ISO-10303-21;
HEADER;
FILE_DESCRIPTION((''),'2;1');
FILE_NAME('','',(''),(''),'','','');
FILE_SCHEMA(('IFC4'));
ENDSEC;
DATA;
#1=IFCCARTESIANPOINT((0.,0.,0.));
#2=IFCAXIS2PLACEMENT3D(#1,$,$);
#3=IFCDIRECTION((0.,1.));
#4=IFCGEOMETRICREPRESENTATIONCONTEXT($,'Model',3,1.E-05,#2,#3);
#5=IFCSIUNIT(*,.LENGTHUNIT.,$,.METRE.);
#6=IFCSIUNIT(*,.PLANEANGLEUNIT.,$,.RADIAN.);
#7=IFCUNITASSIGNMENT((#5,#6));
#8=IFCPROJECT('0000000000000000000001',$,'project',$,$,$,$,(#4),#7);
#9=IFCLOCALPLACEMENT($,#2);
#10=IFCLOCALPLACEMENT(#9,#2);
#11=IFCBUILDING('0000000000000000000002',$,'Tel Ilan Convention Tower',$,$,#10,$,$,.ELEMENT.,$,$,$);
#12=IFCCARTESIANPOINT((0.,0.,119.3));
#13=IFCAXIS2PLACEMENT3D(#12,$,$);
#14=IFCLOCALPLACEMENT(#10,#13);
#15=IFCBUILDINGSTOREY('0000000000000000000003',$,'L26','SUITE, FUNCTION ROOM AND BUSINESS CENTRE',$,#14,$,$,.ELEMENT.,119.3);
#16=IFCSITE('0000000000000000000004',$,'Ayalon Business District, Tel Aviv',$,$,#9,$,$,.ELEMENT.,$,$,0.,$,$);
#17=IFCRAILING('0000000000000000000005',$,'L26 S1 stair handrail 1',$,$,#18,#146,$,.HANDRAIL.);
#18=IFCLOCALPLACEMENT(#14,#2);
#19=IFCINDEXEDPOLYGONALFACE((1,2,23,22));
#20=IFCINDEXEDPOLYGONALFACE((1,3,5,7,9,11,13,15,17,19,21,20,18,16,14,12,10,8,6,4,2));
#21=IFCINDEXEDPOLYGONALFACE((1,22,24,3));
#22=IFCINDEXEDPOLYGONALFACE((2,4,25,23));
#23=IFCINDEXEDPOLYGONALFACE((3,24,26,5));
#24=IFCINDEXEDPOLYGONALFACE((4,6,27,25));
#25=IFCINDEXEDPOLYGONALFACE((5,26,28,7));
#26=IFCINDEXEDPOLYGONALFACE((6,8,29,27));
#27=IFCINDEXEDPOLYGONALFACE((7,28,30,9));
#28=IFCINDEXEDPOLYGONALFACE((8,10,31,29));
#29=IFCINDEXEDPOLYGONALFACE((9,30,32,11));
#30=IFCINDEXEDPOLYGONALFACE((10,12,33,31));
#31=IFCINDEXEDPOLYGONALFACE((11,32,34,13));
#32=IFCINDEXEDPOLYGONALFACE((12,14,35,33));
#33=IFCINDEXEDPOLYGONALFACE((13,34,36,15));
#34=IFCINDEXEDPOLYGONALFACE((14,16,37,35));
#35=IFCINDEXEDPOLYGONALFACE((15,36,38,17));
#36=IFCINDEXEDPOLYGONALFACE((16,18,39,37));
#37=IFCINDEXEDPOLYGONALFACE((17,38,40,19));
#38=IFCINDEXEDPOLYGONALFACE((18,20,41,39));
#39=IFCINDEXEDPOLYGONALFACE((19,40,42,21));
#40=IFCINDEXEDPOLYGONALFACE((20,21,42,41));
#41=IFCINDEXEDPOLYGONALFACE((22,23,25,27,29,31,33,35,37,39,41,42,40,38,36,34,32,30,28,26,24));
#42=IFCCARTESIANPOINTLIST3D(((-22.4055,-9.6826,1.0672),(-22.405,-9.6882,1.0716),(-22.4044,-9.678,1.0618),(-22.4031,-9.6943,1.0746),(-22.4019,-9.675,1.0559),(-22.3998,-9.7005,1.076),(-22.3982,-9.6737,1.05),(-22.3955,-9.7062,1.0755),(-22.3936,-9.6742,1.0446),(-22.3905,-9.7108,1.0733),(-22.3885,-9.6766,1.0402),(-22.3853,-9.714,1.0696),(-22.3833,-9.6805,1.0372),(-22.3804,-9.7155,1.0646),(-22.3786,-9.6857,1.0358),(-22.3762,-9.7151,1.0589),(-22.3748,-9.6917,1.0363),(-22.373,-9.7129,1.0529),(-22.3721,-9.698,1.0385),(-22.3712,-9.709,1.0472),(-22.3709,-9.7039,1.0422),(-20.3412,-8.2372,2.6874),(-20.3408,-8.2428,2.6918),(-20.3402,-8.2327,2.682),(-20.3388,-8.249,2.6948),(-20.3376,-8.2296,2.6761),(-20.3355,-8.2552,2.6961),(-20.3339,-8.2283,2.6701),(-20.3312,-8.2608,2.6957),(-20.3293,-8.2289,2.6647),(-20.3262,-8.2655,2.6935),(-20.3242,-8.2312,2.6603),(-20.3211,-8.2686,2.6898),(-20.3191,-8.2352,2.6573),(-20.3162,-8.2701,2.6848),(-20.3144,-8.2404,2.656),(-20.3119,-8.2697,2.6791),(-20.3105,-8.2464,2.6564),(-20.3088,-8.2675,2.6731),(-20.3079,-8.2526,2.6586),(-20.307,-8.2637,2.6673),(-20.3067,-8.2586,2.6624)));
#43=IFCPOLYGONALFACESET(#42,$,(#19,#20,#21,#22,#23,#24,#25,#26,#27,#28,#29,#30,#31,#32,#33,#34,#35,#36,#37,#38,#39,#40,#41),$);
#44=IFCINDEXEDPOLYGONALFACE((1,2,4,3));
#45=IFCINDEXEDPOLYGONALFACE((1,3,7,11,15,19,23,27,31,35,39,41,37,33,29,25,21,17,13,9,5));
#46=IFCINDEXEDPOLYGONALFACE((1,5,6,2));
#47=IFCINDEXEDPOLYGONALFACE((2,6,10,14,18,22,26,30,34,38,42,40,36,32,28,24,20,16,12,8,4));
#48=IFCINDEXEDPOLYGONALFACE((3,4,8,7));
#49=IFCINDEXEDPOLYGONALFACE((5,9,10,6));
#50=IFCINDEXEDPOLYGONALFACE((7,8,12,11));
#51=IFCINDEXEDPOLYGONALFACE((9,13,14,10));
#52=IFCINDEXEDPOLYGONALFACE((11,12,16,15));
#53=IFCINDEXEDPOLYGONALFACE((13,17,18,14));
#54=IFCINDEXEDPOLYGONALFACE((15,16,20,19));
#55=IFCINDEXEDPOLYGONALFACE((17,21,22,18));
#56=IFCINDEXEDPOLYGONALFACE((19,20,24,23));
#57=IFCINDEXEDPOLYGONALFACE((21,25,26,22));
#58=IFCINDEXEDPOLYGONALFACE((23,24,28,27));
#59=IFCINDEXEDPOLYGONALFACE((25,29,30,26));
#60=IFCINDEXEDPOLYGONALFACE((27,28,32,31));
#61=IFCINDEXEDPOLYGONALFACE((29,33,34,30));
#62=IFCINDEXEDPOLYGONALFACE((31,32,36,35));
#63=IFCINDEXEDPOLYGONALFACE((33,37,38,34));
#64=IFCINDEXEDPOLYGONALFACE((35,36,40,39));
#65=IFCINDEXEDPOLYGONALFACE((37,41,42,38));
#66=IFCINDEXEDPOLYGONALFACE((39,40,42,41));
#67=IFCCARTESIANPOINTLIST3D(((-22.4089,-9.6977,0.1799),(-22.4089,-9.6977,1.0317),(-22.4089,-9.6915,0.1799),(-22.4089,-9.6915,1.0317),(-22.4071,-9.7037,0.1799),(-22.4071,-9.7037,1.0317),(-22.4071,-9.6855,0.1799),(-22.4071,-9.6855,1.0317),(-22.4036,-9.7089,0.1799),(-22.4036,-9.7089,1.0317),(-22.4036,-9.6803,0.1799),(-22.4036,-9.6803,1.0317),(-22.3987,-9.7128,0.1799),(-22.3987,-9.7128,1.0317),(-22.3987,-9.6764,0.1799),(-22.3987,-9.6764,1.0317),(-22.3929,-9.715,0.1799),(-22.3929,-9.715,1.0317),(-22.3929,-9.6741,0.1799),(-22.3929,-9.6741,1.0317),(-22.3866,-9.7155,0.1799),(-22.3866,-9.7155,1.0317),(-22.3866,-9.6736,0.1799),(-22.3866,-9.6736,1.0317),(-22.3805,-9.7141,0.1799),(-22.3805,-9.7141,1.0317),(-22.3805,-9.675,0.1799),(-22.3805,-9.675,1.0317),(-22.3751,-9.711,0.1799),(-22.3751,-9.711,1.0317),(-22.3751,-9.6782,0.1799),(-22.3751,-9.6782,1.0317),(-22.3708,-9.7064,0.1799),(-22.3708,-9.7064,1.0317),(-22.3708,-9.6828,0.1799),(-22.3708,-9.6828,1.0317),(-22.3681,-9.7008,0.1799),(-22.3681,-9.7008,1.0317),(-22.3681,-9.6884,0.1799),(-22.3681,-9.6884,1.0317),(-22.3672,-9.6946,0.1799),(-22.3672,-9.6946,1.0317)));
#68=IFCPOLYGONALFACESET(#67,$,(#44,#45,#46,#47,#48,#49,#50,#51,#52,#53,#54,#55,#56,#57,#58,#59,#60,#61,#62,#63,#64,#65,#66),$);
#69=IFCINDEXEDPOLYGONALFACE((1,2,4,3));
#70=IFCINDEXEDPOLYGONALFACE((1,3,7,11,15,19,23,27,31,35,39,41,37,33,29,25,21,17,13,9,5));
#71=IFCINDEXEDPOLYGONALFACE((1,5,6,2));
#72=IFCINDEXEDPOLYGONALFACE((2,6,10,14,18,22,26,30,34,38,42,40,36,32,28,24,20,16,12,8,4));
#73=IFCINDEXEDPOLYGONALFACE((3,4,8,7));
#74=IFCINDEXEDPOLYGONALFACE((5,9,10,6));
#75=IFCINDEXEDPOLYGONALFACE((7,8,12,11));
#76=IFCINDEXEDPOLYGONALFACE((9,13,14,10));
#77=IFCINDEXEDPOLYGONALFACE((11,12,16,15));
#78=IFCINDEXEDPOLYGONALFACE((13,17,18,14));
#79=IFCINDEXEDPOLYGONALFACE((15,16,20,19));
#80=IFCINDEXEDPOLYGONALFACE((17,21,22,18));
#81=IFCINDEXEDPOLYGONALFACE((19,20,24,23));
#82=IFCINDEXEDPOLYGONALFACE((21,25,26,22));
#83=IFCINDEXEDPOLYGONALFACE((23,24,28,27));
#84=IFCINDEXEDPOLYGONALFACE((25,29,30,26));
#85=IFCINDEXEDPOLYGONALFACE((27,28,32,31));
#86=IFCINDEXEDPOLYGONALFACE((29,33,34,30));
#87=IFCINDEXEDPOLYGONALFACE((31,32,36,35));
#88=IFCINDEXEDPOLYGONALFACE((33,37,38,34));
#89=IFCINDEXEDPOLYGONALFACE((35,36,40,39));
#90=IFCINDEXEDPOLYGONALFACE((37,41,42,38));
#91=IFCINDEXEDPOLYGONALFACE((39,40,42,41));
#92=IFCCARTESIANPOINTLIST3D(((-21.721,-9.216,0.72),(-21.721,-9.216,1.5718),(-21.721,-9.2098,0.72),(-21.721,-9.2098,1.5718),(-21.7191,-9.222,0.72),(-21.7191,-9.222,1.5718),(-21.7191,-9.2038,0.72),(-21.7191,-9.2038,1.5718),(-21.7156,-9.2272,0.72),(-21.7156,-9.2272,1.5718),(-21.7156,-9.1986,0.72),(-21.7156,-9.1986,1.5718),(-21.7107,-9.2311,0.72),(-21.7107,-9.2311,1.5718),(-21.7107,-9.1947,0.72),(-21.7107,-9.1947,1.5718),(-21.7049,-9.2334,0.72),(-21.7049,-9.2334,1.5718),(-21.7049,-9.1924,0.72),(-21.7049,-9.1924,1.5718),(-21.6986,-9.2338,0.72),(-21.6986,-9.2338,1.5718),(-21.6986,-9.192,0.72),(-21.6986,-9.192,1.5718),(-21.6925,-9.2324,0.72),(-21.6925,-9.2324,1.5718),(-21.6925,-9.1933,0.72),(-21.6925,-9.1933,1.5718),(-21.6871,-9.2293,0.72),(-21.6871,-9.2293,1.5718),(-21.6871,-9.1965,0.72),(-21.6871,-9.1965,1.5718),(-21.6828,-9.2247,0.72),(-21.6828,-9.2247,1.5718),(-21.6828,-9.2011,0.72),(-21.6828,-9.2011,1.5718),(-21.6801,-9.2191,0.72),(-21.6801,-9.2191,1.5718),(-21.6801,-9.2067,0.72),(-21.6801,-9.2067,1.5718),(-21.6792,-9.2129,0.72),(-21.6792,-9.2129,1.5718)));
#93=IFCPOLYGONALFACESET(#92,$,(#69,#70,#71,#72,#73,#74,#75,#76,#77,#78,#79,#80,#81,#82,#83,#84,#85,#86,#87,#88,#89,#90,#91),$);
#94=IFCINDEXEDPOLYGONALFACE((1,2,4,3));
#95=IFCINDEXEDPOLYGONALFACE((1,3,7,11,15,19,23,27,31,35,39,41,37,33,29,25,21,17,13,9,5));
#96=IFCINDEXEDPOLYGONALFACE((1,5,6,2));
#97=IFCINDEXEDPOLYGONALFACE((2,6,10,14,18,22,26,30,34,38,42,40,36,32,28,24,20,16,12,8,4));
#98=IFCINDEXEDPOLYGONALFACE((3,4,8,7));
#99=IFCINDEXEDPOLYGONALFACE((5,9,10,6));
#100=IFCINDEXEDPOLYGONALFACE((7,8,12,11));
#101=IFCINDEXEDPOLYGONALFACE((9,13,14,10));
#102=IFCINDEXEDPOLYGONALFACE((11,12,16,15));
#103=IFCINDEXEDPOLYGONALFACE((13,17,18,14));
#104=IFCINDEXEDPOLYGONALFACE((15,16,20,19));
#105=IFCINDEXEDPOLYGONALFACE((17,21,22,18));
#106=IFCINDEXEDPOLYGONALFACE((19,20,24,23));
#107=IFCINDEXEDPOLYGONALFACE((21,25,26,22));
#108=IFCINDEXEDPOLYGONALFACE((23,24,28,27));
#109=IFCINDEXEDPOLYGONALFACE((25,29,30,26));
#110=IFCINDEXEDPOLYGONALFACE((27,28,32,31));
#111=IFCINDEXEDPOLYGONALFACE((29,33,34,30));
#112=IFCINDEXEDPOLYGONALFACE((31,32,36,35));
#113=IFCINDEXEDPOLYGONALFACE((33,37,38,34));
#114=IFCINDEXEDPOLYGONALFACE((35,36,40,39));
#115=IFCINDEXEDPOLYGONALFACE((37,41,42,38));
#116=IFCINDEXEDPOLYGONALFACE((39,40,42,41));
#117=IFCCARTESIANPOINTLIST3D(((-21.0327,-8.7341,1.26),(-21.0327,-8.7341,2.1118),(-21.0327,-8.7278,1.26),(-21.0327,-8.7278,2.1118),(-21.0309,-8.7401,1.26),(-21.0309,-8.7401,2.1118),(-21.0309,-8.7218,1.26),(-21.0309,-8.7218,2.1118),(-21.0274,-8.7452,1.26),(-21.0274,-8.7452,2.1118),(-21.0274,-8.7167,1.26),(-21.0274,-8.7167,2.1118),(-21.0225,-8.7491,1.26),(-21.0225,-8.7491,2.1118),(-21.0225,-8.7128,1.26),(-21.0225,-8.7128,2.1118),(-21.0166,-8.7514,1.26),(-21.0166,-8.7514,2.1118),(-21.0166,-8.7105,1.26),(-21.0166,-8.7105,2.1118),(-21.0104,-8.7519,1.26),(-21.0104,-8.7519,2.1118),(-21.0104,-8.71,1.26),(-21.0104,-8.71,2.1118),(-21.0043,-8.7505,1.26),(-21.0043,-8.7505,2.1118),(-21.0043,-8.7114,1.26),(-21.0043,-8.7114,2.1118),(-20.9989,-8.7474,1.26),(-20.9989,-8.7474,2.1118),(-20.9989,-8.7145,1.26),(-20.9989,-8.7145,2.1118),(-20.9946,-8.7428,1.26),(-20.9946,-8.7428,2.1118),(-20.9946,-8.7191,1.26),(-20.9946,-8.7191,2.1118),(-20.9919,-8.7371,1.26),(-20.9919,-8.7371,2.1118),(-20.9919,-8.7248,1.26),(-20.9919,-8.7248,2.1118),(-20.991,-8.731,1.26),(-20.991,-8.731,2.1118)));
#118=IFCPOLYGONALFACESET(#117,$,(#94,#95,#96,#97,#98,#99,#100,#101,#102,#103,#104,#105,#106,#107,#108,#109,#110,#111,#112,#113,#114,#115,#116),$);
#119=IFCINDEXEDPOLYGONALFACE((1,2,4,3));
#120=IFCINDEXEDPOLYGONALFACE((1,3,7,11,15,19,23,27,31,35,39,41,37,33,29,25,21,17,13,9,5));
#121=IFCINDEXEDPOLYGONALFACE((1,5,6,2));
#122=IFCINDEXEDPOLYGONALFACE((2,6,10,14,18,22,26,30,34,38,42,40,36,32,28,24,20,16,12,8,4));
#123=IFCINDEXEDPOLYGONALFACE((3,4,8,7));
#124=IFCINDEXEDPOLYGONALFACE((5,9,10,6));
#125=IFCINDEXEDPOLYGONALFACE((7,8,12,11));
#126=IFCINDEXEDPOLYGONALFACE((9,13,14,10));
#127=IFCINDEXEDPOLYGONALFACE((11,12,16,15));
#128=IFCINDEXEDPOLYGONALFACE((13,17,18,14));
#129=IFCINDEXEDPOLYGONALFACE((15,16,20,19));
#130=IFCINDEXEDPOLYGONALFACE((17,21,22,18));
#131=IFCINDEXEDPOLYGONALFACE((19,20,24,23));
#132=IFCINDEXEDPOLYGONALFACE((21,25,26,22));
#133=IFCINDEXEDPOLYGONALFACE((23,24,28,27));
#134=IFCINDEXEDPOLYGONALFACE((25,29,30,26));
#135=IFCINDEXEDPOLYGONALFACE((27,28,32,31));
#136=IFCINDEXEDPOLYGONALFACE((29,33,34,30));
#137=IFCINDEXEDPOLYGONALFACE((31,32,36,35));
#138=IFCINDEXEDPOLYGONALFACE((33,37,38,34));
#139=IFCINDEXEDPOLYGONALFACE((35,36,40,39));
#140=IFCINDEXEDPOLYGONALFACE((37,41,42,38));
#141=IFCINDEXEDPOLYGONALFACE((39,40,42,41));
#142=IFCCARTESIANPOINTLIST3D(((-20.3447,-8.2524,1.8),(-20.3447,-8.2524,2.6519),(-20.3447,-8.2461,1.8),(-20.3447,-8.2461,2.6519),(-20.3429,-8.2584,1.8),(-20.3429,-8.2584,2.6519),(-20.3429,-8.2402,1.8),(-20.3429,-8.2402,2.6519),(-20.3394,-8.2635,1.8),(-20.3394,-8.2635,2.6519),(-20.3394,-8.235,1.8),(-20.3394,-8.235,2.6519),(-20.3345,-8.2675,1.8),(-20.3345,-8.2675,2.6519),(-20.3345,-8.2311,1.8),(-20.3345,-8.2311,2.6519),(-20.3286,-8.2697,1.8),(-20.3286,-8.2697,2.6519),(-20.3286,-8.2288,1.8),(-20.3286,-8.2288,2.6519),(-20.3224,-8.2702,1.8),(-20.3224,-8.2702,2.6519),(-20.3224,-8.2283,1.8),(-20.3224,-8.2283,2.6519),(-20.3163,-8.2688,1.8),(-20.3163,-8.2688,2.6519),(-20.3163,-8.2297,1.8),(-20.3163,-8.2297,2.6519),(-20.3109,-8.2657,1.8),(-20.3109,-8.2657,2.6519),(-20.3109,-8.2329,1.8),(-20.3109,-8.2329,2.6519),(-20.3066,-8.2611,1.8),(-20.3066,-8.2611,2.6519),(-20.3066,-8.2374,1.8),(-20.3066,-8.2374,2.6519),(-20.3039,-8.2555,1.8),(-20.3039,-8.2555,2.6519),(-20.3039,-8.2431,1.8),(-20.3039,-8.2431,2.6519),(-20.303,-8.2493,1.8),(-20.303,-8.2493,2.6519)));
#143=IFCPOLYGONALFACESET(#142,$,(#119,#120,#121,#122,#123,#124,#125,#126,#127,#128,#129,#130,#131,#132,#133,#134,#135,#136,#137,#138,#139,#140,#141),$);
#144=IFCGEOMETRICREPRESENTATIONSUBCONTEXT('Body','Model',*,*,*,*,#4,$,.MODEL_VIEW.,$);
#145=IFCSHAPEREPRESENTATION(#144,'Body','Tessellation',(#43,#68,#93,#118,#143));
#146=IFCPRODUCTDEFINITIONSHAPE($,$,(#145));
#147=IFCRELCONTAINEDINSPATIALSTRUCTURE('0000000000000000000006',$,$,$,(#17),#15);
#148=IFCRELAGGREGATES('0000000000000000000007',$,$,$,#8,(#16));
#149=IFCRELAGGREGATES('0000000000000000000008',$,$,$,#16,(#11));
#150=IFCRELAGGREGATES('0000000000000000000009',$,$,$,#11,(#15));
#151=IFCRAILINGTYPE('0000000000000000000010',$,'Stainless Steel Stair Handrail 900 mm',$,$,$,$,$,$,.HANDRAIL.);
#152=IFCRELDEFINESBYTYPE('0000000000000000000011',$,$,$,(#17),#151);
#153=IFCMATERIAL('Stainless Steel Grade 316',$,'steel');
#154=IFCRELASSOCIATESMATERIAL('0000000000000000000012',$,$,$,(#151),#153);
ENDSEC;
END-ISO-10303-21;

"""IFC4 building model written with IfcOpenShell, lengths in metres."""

from ifc_helpers import new_model, si_unit, direction, frame, origin, origin_2d, place, context, subcontext, project, spatial, circle, extrude, material, type_object, element, save


model = new_model("IFC4")

# Units and contexts
model_context = context("Model", 3, precision=1e-05, world=origin(), true_north=direction((0.0, 1.0)))
body_context = subcontext(model_context, "Body", "Model", "MODEL_VIEW")
ifc_project = project(units=[si_unit("LENGTHUNIT", "METRE"), si_unit("PLANEANGLEUNIT", "RADIAN")], contexts=[model_context])

# Site, building, storey
site_placement = place(None, origin())
site = spatial("IfcSite", under=ifc_project, at=site_placement, Name="Ayalon Business District, Tel Aviv", CompositionType="ELEMENT", RefElevation=0.0)
building_placement = place(site_placement, origin())
building = spatial("IfcBuilding", under=site, at=building_placement, Name="Tel Ilan Convention Tower", CompositionType="ELEMENT")
storey_placement = place(building_placement, frame((0.0, 0.0, 119.3)))
storey = spatial("IfcBuildingStorey", under=building, at=storey_placement, Name="L26", Description="SUITE, FUNCTION ROOM AND BUSINESS CENTRE", CompositionType="ELEMENT", Elevation=119.3)

# Railing
ifc_material_1 = material(Name="Stainless Steel Grade 316", Category="steel")
railing_type_1 = type_object("IfcRailingType", Name="Stainless Steel Stair Handrail 900 mm", PredefinedType="HANDRAIL", material=ifc_material_1)
railing_1_placement = place(storey_placement, frame((-22.3882, -9.6946, 0.1799)))
element("IfcRailing", 1, at=railing_1_placement, inside=storey, type_object=railing_type_1, Name="L26 S1 stair handrail 1", PredefinedType="HANDRAIL", context=body_context, shape_type="SweptSolid", body=[
    extrude(circle(Radius=0.0239, at=origin_2d()), frame((0.0, 0.0, 0.876), z_axis=(0.68904, 0.48245, 0.540801), x_axis=(-0.57356, 0.819164, 0.0)), (0.0, 0.0, 1.0), 2.9958),
    extrude(circle(Radius=0.021, at=origin_2d()), origin(), (0.0, 0.0, 1.0), 0.8518),
    extrude(circle(Radius=0.021, at=origin_2d()), frame((0.688, 0.4817, 0.54)), (0.0, 0.0, 1.0), 0.8518),
    extrude(circle(Radius=0.021, at=origin_2d()), frame((1.3762, 0.9636, 1.0801)), (0.0, 0.0, 1.0), 0.8518),
    extrude(circle(Radius=0.021, at=origin_2d()), frame((2.0642, 1.4453, 1.6201)), (0.0, 0.0, 1.0), 0.8518),
])

save(model, "model.ifc")
